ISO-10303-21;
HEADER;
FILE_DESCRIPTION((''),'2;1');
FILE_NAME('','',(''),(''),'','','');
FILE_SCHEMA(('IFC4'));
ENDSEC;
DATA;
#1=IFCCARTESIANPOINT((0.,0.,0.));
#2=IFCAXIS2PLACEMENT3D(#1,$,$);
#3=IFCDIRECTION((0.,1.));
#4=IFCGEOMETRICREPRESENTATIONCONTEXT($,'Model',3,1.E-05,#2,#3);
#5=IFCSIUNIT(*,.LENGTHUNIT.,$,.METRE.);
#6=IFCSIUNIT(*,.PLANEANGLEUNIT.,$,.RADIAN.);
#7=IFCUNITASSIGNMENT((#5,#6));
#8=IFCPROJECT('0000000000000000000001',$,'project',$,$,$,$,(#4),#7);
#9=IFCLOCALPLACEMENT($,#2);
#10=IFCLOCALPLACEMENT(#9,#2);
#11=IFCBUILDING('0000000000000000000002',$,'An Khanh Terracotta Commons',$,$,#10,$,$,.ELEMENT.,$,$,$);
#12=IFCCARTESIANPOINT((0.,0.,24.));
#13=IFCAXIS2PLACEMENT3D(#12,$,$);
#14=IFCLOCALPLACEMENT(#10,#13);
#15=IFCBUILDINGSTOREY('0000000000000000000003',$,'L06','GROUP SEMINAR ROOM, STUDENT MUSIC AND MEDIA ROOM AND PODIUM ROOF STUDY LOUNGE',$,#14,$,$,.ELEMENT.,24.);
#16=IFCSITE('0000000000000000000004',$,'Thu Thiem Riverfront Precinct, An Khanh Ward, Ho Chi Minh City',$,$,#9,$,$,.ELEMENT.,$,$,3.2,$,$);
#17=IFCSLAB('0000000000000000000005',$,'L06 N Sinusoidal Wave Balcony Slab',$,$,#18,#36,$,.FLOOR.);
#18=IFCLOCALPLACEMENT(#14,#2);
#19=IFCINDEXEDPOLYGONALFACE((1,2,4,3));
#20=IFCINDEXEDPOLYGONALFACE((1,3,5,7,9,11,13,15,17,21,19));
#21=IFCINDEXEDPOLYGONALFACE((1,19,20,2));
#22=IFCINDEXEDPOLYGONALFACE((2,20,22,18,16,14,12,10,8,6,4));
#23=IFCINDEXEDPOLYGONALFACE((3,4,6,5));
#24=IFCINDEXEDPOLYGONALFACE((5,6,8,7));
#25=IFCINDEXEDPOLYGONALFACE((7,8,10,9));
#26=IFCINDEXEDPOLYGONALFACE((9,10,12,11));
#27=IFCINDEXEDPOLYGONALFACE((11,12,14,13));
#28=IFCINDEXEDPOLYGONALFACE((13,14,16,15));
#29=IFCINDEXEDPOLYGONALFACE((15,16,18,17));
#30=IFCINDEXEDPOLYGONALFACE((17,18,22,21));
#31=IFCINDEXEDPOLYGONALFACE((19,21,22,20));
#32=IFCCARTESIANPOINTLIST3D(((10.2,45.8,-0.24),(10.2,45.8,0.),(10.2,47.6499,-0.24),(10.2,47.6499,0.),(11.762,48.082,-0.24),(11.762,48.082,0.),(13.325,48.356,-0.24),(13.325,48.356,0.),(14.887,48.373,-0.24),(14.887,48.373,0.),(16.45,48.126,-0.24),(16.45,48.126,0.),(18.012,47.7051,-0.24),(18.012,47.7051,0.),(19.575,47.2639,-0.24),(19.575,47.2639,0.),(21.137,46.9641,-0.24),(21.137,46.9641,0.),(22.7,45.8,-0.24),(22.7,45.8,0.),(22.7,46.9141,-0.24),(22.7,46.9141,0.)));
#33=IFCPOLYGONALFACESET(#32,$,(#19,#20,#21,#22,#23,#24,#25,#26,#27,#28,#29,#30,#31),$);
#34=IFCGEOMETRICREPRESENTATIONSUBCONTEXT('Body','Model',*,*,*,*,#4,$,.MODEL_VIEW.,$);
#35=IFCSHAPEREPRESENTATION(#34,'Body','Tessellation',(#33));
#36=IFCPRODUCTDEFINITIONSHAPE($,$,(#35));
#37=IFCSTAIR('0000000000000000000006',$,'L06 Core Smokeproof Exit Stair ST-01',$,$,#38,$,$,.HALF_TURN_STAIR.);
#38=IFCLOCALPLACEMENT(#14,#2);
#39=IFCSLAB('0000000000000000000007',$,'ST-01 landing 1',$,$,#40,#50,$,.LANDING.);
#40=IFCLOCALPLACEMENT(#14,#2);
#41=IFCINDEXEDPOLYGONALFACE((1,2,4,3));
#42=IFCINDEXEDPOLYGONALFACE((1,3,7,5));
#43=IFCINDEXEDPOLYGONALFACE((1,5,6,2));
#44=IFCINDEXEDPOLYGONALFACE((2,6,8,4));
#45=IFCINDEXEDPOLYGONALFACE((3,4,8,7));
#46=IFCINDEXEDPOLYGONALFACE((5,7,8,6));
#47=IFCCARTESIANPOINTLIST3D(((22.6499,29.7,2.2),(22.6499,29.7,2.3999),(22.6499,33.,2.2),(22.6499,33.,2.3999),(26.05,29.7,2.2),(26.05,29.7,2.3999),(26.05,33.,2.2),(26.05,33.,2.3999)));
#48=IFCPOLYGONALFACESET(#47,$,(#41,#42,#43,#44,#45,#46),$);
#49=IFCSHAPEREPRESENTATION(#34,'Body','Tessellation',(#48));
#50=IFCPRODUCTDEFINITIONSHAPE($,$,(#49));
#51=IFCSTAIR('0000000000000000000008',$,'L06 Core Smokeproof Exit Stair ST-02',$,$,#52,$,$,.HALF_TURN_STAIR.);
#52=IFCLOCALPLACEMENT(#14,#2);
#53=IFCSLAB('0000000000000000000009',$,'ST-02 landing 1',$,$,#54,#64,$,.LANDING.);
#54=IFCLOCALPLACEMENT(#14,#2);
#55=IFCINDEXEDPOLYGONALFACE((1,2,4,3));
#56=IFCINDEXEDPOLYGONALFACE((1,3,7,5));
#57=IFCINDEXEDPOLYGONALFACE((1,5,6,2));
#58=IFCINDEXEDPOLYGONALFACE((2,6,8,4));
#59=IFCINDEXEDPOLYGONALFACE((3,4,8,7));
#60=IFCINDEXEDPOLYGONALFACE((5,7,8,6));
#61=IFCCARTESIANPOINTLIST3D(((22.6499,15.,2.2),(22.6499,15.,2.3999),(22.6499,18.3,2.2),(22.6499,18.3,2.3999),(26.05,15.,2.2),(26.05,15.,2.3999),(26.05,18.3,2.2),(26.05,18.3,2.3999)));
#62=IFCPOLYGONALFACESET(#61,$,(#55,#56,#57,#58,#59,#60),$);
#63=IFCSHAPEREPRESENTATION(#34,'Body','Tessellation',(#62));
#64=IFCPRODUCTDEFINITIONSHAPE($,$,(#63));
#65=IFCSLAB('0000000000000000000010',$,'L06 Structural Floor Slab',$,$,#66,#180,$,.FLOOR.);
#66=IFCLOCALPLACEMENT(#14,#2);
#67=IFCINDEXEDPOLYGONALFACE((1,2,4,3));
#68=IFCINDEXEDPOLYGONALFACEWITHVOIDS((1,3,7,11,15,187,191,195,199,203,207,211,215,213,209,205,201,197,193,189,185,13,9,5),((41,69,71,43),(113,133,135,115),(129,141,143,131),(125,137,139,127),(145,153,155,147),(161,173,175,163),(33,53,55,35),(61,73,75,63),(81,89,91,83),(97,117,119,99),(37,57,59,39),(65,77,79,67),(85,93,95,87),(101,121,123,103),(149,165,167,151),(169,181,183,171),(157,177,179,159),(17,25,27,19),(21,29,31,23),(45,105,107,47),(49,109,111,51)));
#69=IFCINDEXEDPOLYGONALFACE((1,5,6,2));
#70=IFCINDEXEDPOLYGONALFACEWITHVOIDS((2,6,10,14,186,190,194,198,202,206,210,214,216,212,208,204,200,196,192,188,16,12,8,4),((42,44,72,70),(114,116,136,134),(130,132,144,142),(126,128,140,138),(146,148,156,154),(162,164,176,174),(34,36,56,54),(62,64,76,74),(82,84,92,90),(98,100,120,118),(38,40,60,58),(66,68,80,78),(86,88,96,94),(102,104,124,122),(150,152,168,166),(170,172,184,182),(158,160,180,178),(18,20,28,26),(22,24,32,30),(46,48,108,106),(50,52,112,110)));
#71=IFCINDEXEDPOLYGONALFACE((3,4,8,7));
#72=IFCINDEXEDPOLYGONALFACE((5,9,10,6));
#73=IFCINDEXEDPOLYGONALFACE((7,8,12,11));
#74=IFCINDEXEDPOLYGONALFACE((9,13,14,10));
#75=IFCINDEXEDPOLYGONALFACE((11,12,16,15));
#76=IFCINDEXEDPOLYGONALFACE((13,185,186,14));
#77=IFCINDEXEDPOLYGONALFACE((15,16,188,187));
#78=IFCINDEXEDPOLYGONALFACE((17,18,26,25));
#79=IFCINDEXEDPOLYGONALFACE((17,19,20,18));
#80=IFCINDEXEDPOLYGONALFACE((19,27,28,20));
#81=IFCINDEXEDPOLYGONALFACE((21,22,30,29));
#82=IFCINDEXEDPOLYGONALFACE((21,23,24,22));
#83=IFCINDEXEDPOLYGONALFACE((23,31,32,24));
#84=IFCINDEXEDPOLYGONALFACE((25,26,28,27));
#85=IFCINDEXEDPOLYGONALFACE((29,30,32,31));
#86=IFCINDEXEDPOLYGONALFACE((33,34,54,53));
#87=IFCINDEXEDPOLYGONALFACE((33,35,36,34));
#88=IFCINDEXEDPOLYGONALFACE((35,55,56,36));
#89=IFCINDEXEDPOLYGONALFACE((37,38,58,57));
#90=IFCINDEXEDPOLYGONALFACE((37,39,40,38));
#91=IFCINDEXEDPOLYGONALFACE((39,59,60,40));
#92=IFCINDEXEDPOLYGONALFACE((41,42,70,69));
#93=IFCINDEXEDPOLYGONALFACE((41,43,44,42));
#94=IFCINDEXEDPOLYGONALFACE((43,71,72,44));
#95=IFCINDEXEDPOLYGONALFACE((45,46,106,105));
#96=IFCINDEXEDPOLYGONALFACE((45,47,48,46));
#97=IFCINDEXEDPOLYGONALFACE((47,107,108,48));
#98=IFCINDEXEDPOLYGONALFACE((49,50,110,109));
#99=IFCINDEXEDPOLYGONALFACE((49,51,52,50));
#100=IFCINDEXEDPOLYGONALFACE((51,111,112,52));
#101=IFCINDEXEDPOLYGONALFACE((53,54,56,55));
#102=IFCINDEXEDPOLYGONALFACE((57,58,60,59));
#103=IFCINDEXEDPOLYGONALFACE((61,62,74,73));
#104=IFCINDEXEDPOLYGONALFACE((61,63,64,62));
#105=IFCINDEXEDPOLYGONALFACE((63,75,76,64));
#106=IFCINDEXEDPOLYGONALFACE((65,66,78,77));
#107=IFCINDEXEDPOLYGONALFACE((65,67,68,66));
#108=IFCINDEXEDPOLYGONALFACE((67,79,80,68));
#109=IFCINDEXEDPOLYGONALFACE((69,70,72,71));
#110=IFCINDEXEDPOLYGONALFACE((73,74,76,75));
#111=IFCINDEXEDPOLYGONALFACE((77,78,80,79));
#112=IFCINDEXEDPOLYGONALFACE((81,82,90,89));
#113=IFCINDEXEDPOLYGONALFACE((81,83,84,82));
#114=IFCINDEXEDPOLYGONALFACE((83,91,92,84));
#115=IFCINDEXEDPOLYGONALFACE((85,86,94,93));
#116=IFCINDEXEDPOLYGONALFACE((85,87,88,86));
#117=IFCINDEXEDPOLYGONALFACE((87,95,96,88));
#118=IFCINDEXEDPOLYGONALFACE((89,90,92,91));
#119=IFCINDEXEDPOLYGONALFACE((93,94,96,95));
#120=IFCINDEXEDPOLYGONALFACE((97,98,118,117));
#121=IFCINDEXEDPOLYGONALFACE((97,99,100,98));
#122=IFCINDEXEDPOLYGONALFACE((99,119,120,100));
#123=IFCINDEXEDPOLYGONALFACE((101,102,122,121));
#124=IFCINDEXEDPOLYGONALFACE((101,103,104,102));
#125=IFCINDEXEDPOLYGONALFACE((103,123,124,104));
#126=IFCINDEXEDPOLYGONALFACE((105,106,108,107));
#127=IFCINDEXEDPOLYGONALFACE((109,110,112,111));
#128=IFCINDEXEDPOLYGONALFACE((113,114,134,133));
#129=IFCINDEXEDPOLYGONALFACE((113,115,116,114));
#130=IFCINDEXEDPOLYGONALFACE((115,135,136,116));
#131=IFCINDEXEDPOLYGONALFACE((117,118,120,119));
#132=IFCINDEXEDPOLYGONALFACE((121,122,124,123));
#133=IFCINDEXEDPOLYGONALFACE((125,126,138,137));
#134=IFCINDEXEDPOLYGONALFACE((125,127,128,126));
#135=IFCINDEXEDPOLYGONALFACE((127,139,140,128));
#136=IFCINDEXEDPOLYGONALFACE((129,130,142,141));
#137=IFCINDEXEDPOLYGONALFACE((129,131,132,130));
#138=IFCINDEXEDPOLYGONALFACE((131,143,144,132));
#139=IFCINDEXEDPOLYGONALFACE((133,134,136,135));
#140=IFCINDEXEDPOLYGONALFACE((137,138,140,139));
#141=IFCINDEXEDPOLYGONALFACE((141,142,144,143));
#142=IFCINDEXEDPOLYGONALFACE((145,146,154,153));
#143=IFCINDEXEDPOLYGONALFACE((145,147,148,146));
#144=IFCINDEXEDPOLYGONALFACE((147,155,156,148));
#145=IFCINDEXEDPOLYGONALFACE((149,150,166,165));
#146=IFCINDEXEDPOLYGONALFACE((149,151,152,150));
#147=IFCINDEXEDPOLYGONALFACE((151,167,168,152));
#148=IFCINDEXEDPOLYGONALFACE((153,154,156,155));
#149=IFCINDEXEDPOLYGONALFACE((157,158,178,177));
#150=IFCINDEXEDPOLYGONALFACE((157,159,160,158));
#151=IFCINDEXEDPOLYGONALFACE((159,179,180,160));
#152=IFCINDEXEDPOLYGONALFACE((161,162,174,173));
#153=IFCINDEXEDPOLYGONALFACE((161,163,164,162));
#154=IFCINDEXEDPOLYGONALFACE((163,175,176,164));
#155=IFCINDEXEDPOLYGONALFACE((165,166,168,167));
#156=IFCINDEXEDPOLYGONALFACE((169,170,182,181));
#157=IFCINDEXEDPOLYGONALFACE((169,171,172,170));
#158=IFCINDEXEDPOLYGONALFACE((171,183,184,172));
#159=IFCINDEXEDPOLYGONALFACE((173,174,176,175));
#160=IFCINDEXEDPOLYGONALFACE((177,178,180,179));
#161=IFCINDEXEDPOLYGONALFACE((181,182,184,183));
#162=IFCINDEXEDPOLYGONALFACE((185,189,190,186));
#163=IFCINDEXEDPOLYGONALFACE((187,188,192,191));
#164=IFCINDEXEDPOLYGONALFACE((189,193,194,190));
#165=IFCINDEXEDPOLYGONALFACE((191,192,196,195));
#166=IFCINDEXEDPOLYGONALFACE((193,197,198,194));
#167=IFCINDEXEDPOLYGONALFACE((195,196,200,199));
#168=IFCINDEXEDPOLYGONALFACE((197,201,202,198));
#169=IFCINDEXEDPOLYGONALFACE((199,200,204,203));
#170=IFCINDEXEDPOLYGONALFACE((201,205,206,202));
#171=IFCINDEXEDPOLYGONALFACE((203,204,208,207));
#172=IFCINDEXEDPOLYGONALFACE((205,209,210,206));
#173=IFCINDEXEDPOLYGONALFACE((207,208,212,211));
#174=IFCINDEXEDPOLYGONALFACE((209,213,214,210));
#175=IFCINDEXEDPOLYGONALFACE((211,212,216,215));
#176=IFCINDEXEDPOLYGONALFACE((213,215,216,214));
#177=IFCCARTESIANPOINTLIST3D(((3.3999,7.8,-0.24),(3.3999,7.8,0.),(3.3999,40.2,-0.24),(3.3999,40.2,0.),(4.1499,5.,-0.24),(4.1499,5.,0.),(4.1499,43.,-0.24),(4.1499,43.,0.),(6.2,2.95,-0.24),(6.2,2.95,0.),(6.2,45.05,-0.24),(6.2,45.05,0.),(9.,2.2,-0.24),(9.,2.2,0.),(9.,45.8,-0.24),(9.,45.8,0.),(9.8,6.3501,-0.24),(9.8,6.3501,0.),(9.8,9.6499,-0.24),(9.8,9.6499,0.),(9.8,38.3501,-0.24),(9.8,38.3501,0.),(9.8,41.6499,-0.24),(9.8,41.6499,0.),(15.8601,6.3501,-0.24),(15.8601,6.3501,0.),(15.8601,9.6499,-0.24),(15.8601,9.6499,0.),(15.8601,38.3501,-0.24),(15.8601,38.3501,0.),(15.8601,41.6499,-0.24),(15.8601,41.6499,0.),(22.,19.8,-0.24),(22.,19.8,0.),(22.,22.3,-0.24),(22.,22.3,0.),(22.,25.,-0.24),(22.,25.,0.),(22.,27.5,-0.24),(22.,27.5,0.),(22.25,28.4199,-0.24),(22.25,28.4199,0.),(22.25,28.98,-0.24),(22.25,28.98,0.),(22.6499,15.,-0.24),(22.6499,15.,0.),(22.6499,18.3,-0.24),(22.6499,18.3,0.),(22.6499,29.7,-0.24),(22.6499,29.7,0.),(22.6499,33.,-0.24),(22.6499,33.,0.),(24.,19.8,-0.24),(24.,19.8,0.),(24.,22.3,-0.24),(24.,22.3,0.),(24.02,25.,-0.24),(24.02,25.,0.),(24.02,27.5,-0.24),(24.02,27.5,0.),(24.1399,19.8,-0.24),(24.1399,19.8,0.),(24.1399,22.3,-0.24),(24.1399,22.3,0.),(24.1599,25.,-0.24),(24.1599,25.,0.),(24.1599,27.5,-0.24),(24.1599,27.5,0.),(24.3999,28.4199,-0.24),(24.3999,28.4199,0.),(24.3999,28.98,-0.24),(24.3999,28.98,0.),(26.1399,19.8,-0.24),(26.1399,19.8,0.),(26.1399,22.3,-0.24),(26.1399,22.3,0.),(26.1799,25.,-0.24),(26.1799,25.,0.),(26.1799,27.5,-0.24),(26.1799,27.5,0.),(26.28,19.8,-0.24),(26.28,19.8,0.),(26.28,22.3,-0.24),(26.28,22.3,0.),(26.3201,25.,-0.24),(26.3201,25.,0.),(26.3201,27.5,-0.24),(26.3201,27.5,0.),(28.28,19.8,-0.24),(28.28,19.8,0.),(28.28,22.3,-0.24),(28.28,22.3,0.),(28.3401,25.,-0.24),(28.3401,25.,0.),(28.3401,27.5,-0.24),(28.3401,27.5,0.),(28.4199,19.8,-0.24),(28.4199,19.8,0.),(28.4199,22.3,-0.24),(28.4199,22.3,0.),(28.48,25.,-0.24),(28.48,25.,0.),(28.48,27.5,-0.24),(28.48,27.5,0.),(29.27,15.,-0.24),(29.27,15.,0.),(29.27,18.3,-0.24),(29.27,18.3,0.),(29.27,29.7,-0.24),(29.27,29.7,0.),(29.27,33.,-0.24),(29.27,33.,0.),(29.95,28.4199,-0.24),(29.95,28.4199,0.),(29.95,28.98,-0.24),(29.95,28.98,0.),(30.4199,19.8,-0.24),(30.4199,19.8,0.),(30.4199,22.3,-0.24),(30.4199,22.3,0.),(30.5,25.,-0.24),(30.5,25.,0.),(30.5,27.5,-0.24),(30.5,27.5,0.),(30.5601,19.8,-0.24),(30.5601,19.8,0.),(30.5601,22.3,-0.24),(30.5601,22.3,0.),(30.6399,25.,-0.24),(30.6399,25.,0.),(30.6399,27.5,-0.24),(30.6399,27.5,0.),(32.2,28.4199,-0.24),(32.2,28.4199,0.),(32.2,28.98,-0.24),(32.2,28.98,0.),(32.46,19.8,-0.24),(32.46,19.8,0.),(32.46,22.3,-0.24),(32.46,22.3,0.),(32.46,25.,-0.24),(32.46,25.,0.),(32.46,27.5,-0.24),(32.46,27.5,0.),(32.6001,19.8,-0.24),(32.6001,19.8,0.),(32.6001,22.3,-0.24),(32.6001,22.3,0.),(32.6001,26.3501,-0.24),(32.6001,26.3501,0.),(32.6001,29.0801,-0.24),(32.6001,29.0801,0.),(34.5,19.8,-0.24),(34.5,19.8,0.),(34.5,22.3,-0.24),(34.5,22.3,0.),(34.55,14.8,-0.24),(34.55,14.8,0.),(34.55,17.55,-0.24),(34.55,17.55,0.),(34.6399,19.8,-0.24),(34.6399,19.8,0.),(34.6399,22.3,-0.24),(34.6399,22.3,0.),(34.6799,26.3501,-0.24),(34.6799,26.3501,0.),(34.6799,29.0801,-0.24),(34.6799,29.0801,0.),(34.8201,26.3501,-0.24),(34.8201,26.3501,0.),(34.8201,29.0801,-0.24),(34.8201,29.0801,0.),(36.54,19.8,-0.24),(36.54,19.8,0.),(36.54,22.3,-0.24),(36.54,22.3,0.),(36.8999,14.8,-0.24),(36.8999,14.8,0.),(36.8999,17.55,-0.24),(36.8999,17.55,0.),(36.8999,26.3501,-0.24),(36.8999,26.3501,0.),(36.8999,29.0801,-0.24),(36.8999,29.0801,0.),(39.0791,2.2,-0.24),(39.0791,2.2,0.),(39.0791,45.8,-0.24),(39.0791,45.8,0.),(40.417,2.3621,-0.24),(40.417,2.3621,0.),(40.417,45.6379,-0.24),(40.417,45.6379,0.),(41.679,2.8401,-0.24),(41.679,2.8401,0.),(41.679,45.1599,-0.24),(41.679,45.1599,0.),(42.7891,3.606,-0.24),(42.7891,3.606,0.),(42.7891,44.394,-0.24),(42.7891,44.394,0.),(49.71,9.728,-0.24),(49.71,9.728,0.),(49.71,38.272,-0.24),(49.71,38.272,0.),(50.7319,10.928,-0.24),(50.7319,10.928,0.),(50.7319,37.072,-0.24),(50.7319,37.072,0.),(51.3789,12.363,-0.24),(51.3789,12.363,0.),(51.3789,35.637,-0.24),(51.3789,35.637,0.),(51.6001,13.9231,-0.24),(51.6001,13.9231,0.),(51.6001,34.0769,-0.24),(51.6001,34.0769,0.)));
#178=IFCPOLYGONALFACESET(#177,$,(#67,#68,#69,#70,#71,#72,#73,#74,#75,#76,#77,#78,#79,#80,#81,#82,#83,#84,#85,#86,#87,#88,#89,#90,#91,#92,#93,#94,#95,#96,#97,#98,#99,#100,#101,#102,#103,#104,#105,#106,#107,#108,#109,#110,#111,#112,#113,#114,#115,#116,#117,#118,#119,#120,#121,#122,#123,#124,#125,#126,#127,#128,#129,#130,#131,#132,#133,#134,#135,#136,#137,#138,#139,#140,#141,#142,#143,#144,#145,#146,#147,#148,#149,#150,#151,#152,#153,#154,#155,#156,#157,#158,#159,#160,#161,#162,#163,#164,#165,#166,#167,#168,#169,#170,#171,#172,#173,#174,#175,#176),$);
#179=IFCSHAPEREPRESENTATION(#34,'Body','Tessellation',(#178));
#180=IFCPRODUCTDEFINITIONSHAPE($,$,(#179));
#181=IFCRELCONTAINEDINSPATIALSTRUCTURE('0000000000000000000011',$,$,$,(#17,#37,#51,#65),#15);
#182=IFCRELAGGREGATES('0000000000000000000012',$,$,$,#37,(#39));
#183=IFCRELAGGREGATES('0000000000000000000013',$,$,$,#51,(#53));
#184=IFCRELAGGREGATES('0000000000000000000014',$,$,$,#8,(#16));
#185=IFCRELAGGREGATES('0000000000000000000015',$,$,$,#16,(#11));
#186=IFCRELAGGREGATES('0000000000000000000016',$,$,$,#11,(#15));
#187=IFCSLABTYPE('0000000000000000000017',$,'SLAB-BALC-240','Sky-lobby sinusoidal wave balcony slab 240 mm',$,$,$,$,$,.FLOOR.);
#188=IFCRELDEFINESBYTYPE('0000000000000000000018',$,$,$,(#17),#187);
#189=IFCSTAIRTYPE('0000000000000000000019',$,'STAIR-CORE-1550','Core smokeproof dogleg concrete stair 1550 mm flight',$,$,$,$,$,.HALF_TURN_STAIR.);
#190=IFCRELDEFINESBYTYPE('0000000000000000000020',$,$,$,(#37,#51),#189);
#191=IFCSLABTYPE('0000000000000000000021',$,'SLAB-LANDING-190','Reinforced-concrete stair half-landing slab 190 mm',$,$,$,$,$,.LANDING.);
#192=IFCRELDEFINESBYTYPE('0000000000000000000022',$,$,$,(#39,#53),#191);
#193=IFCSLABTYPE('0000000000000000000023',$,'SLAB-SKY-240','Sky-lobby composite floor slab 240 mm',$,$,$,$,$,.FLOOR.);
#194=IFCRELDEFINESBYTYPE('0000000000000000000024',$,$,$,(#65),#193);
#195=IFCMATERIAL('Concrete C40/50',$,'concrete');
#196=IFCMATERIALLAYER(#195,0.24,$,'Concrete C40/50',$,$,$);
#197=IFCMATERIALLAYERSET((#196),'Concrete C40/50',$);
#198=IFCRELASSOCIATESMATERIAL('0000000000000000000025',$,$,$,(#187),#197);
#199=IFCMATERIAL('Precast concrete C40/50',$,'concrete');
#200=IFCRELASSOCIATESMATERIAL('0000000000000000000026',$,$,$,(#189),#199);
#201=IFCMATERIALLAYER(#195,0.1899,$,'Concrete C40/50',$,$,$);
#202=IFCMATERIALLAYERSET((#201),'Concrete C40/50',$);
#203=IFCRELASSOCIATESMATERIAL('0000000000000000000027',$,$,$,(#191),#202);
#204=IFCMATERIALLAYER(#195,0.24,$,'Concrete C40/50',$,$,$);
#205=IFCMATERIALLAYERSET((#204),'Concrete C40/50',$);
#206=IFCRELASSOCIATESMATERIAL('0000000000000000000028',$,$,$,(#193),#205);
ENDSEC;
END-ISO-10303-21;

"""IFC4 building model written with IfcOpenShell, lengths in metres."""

from ifc_helpers import new_model, si_unit, direction, frame, origin, place, context, subcontext, project, spatial, polyline, outline, extrude, material, layer, layer_set, type_object, element, aggregate, save


model = new_model("IFC4")

# Units and contexts
model_context = context("Model", 3, precision=1e-05, world=origin(), true_north=direction((0.0, 1.0)))
body_context = subcontext(model_context, "Body", "Model", "MODEL_VIEW")
ifc_project = project(units=[si_unit("LENGTHUNIT", "METRE"), si_unit("PLANEANGLEUNIT", "RADIAN")], contexts=[model_context])

# Site, building, storey
site_placement = place(None, origin())
site = spatial("IfcSite", under=ifc_project, at=site_placement, Name="Thu Thiem Riverfront Precinct, An Khanh Ward, Ho Chi Minh City", CompositionType="ELEMENT", RefElevation=3.2)
building_placement = place(site_placement, origin())
building = spatial("IfcBuilding", under=site, at=building_placement, Name="An Khanh Terracotta Commons", CompositionType="ELEMENT")
storey_placement = place(building_placement, frame((0.0, 0.0, 24.0)))
storey = spatial("IfcBuildingStorey", under=building, at=storey_placement, Name="L06", Description="GROUP SEMINAR ROOM, STUDENT MUSIC AND MEDIA ROOM AND PODIUM ROOF STUDY LOUNGE", CompositionType="ELEMENT", Elevation=24.0)

# Slab
ifc_material_1 = material(Name="Concrete C40/50", Category="concrete")
ifc_layer_1 = layer(ifc_material_1, 0.24, Name="Concrete C40/50")
ifc_layer_set_1 = layer_set([ifc_layer_1], Name="Concrete C40/50")
slab_type_1 = type_object("IfcSlabType", Name="SLAB-BALC-240", Description="Sky-lobby sinusoidal wave balcony slab 240 mm", PredefinedType="FLOOR", material=ifc_layer_set_1)
slab_1_placement = place(storey_placement, frame((0.0, 0.0, -0.24)))
element("IfcSlab", 1, at=slab_1_placement, inside=storey, type_object=slab_type_1, Name="L06 N Sinusoidal Wave Balcony Slab", PredefinedType="FLOOR", context=body_context, shape_type="SweptSolid", body=[
    extrude(outline(polyline([(22.7, 45.8), (22.7, 46.9141), (21.137, 46.9641), (19.575, 47.2639), (18.012, 47.7051), (16.45, 48.126), (14.887, 48.373), (13.325, 48.356), (11.762, 48.082), (10.2, 47.6499), (10.2, 45.8), (22.7, 45.8)])), origin(), (0.0, 0.0, 1.0), 0.24),
])

# Stairs, slabs
ifc_material_2 = material(Name="Precast concrete C40/50", Category="concrete")
stair_type = type_object("IfcStairType", Name="STAIR-CORE-1550", Description="Core smokeproof dogleg concrete stair 1550 mm flight", PredefinedType="HALF_TURN_STAIR", material=ifc_material_2)
stair_1_placement = place(storey_placement, origin())
stair_1 = element("IfcStair", 2, at=stair_1_placement, inside=storey, type_object=stair_type, Name="L06 Core Smokeproof Exit Stair ST-01", PredefinedType="HALF_TURN_STAIR")
ifc_layer_2 = layer(ifc_material_1, 0.1899, Name="Concrete C40/50")
ifc_layer_set_2 = layer_set([ifc_layer_2], Name="Concrete C40/50")
slab_type_2 = type_object("IfcSlabType", Name="SLAB-LANDING-190", Description="Reinforced-concrete stair half-landing slab 190 mm", PredefinedType="LANDING", material=ifc_layer_set_2)
slab_2_placement = place(storey_placement, frame((0.0, 0.0, 2.2)))
slab_2 = element("IfcSlab", 3, at=slab_2_placement, type_object=slab_type_2, Name="ST-01 landing 1", PredefinedType="LANDING", context=body_context, shape_type="SweptSolid", body=[
    extrude(outline(polyline([(26.05, 33.0), (22.6499, 33.0), (22.6499, 29.7), (26.05, 29.7), (26.05, 33.0)])), origin(), (0.0, 0.0, 1.0), 0.2),
])
aggregate(stair_1, [slab_2])
stair_2_placement = place(storey_placement, origin())
stair_2 = element("IfcStair", 4, at=stair_2_placement, inside=storey, type_object=stair_type, Name="L06 Core Smokeproof Exit Stair ST-02", PredefinedType="HALF_TURN_STAIR")
slab_3_placement = place(storey_placement, frame((0.0, 0.0, 2.2)))
slab_3 = element("IfcSlab", 5, at=slab_3_placement, type_object=slab_type_2, Name="ST-02 landing 1", PredefinedType="LANDING", context=body_context, shape_type="SweptSolid", body=[
    extrude(outline(polyline([(26.05, 18.3), (22.6499, 18.3), (22.6499, 15.0), (26.05, 15.0), (26.05, 18.3)])), origin(), (0.0, 0.0, 1.0), 0.2),
])
aggregate(stair_2, [slab_3])

# Slab
ifc_layer_3 = layer(ifc_material_1, 0.24, Name="Concrete C40/50")
ifc_layer_set_3 = layer_set([ifc_layer_3], Name="Concrete C40/50")
slab_type_3 = type_object("IfcSlabType", Name="SLAB-SKY-240", Description="Sky-lobby composite floor slab 240 mm", PredefinedType="FLOOR", material=ifc_layer_set_3)
slab_4_placement = place(storey_placement, frame((0.0, 0.0, -0.24)))
element("IfcSlab", 6, at=slab_4_placement, inside=storey, type_object=slab_type_3, Name="L06 Structural Floor Slab", PredefinedType="FLOOR", context=body_context, shape_type="SweptSolid", body=[
    extrude(outline(polyline([(3.3999, 7.8), (4.1499, 5.0), (6.2, 2.95), (9.0, 2.2), (39.0791, 2.2), (40.417, 2.3621), (41.679, 2.8401), (42.7891, 3.606), (49.71, 9.728), (50.7319, 10.928), (51.3789, 12.363), (51.6001, 13.9231), (51.6001, 34.0769), (51.3789, 35.637), (50.7319, 37.072), (49.71, 38.272), (42.7891, 44.394), (41.679, 45.1599), (40.417, 45.6379), (39.0791, 45.8), (9.0, 45.8), (6.2, 45.05), (4.1499, 43.0), (3.3999, 40.2), (3.3999, 7.8)]), holes=[polyline([(22.6499, 29.7), (29.27, 29.7), (29.27, 33.0), (22.6499, 33.0), (22.6499, 29.7)]), polyline([(22.6499, 15.0), (29.27, 15.0), (29.27, 18.3), (22.6499, 18.3), (22.6499, 15.0)]), polyline([(9.8, 6.3501), (15.8601, 6.3501), (15.8601, 9.6499), (9.8, 9.6499), (9.8, 6.3501)]), polyline([(9.8, 38.3501), (15.8601, 38.3501), (15.8601, 41.6499), (9.8, 41.6499), (9.8, 38.3501)]), polyline([(32.6001, 26.3501), (34.6799, 26.3501), (34.6799, 29.0801), (32.6001, 29.0801), (32.6001, 26.3501)]), polyline([(34.8201, 26.3501), (36.8999, 26.3501), (36.8999, 29.0801), (34.8201, 29.0801), (34.8201, 26.3501)]), polyline([(34.55, 14.8), (36.8999, 14.8), (36.8999, 17.55), (34.55, 17.55), (34.55, 14.8)]), polyline([(22.0, 25.0), (24.02, 25.0), (24.02, 27.5), (22.0, 27.5), (22.0, 25.0)]), polyline([(24.1599, 25.0), (26.1799, 25.0), (26.1799, 27.5), (24.1599, 27.5), (24.1599, 25.0)]), polyline([(22.0, 19.8), (24.0, 19.8), (24.0, 22.3), (22.0, 22.3), (22.0, 19.8)]), polyline([(24.1399, 19.8), (26.1399, 19.8), (26.1399, 22.3), (24.1399, 22.3), (24.1399, 19.8)]), polyline([(26.3201, 25.0), (28.3401, 25.0), (28.3401, 27.5), (26.3201, 27.5), (26.3201, 25.0)]), polyline([(28.48, 25.0), (30.5, 25.0), (30.5, 27.5), (28.48, 27.5), (28.48, 25.0)]), polyline([(26.28, 19.8), (28.28, 19.8), (28.28, 22.3), (26.28, 22.3), (26.28, 19.8)]), polyline([(28.4199, 19.8), (30.4199, 19.8), (30.4199, 22.3), (28.4199, 22.3), (28.4199, 19.8)]), polyline([(30.6399, 25.0), (32.46, 25.0), (32.46, 27.5), (30.6399, 27.5), (30.6399, 25.0)]), polyline([(30.5601, 19.8), (32.46, 19.8), (32.46, 22.3), (30.5601, 22.3), (30.5601, 19.8)]), polyline([(32.6001, 19.8), (34.5, 19.8), (34.5, 22.3), (32.6001, 22.3), (32.6001, 19.8)]), polyline([(34.6399, 19.8), (36.54, 19.8), (36.54, 22.3), (34.6399, 22.3), (34.6399, 19.8)]), polyline([(22.25, 28.4199), (24.3999, 28.4199), (24.3999, 28.98), (22.25, 28.98), (22.25, 28.4199)]), polyline([(29.95, 28.4199), (32.2, 28.4199), (32.2, 28.98), (29.95, 28.98), (29.95, 28.4199)])]), origin(), (0.0, 0.0, 1.0), 0.24),
])

save(model, "model.ifc")
